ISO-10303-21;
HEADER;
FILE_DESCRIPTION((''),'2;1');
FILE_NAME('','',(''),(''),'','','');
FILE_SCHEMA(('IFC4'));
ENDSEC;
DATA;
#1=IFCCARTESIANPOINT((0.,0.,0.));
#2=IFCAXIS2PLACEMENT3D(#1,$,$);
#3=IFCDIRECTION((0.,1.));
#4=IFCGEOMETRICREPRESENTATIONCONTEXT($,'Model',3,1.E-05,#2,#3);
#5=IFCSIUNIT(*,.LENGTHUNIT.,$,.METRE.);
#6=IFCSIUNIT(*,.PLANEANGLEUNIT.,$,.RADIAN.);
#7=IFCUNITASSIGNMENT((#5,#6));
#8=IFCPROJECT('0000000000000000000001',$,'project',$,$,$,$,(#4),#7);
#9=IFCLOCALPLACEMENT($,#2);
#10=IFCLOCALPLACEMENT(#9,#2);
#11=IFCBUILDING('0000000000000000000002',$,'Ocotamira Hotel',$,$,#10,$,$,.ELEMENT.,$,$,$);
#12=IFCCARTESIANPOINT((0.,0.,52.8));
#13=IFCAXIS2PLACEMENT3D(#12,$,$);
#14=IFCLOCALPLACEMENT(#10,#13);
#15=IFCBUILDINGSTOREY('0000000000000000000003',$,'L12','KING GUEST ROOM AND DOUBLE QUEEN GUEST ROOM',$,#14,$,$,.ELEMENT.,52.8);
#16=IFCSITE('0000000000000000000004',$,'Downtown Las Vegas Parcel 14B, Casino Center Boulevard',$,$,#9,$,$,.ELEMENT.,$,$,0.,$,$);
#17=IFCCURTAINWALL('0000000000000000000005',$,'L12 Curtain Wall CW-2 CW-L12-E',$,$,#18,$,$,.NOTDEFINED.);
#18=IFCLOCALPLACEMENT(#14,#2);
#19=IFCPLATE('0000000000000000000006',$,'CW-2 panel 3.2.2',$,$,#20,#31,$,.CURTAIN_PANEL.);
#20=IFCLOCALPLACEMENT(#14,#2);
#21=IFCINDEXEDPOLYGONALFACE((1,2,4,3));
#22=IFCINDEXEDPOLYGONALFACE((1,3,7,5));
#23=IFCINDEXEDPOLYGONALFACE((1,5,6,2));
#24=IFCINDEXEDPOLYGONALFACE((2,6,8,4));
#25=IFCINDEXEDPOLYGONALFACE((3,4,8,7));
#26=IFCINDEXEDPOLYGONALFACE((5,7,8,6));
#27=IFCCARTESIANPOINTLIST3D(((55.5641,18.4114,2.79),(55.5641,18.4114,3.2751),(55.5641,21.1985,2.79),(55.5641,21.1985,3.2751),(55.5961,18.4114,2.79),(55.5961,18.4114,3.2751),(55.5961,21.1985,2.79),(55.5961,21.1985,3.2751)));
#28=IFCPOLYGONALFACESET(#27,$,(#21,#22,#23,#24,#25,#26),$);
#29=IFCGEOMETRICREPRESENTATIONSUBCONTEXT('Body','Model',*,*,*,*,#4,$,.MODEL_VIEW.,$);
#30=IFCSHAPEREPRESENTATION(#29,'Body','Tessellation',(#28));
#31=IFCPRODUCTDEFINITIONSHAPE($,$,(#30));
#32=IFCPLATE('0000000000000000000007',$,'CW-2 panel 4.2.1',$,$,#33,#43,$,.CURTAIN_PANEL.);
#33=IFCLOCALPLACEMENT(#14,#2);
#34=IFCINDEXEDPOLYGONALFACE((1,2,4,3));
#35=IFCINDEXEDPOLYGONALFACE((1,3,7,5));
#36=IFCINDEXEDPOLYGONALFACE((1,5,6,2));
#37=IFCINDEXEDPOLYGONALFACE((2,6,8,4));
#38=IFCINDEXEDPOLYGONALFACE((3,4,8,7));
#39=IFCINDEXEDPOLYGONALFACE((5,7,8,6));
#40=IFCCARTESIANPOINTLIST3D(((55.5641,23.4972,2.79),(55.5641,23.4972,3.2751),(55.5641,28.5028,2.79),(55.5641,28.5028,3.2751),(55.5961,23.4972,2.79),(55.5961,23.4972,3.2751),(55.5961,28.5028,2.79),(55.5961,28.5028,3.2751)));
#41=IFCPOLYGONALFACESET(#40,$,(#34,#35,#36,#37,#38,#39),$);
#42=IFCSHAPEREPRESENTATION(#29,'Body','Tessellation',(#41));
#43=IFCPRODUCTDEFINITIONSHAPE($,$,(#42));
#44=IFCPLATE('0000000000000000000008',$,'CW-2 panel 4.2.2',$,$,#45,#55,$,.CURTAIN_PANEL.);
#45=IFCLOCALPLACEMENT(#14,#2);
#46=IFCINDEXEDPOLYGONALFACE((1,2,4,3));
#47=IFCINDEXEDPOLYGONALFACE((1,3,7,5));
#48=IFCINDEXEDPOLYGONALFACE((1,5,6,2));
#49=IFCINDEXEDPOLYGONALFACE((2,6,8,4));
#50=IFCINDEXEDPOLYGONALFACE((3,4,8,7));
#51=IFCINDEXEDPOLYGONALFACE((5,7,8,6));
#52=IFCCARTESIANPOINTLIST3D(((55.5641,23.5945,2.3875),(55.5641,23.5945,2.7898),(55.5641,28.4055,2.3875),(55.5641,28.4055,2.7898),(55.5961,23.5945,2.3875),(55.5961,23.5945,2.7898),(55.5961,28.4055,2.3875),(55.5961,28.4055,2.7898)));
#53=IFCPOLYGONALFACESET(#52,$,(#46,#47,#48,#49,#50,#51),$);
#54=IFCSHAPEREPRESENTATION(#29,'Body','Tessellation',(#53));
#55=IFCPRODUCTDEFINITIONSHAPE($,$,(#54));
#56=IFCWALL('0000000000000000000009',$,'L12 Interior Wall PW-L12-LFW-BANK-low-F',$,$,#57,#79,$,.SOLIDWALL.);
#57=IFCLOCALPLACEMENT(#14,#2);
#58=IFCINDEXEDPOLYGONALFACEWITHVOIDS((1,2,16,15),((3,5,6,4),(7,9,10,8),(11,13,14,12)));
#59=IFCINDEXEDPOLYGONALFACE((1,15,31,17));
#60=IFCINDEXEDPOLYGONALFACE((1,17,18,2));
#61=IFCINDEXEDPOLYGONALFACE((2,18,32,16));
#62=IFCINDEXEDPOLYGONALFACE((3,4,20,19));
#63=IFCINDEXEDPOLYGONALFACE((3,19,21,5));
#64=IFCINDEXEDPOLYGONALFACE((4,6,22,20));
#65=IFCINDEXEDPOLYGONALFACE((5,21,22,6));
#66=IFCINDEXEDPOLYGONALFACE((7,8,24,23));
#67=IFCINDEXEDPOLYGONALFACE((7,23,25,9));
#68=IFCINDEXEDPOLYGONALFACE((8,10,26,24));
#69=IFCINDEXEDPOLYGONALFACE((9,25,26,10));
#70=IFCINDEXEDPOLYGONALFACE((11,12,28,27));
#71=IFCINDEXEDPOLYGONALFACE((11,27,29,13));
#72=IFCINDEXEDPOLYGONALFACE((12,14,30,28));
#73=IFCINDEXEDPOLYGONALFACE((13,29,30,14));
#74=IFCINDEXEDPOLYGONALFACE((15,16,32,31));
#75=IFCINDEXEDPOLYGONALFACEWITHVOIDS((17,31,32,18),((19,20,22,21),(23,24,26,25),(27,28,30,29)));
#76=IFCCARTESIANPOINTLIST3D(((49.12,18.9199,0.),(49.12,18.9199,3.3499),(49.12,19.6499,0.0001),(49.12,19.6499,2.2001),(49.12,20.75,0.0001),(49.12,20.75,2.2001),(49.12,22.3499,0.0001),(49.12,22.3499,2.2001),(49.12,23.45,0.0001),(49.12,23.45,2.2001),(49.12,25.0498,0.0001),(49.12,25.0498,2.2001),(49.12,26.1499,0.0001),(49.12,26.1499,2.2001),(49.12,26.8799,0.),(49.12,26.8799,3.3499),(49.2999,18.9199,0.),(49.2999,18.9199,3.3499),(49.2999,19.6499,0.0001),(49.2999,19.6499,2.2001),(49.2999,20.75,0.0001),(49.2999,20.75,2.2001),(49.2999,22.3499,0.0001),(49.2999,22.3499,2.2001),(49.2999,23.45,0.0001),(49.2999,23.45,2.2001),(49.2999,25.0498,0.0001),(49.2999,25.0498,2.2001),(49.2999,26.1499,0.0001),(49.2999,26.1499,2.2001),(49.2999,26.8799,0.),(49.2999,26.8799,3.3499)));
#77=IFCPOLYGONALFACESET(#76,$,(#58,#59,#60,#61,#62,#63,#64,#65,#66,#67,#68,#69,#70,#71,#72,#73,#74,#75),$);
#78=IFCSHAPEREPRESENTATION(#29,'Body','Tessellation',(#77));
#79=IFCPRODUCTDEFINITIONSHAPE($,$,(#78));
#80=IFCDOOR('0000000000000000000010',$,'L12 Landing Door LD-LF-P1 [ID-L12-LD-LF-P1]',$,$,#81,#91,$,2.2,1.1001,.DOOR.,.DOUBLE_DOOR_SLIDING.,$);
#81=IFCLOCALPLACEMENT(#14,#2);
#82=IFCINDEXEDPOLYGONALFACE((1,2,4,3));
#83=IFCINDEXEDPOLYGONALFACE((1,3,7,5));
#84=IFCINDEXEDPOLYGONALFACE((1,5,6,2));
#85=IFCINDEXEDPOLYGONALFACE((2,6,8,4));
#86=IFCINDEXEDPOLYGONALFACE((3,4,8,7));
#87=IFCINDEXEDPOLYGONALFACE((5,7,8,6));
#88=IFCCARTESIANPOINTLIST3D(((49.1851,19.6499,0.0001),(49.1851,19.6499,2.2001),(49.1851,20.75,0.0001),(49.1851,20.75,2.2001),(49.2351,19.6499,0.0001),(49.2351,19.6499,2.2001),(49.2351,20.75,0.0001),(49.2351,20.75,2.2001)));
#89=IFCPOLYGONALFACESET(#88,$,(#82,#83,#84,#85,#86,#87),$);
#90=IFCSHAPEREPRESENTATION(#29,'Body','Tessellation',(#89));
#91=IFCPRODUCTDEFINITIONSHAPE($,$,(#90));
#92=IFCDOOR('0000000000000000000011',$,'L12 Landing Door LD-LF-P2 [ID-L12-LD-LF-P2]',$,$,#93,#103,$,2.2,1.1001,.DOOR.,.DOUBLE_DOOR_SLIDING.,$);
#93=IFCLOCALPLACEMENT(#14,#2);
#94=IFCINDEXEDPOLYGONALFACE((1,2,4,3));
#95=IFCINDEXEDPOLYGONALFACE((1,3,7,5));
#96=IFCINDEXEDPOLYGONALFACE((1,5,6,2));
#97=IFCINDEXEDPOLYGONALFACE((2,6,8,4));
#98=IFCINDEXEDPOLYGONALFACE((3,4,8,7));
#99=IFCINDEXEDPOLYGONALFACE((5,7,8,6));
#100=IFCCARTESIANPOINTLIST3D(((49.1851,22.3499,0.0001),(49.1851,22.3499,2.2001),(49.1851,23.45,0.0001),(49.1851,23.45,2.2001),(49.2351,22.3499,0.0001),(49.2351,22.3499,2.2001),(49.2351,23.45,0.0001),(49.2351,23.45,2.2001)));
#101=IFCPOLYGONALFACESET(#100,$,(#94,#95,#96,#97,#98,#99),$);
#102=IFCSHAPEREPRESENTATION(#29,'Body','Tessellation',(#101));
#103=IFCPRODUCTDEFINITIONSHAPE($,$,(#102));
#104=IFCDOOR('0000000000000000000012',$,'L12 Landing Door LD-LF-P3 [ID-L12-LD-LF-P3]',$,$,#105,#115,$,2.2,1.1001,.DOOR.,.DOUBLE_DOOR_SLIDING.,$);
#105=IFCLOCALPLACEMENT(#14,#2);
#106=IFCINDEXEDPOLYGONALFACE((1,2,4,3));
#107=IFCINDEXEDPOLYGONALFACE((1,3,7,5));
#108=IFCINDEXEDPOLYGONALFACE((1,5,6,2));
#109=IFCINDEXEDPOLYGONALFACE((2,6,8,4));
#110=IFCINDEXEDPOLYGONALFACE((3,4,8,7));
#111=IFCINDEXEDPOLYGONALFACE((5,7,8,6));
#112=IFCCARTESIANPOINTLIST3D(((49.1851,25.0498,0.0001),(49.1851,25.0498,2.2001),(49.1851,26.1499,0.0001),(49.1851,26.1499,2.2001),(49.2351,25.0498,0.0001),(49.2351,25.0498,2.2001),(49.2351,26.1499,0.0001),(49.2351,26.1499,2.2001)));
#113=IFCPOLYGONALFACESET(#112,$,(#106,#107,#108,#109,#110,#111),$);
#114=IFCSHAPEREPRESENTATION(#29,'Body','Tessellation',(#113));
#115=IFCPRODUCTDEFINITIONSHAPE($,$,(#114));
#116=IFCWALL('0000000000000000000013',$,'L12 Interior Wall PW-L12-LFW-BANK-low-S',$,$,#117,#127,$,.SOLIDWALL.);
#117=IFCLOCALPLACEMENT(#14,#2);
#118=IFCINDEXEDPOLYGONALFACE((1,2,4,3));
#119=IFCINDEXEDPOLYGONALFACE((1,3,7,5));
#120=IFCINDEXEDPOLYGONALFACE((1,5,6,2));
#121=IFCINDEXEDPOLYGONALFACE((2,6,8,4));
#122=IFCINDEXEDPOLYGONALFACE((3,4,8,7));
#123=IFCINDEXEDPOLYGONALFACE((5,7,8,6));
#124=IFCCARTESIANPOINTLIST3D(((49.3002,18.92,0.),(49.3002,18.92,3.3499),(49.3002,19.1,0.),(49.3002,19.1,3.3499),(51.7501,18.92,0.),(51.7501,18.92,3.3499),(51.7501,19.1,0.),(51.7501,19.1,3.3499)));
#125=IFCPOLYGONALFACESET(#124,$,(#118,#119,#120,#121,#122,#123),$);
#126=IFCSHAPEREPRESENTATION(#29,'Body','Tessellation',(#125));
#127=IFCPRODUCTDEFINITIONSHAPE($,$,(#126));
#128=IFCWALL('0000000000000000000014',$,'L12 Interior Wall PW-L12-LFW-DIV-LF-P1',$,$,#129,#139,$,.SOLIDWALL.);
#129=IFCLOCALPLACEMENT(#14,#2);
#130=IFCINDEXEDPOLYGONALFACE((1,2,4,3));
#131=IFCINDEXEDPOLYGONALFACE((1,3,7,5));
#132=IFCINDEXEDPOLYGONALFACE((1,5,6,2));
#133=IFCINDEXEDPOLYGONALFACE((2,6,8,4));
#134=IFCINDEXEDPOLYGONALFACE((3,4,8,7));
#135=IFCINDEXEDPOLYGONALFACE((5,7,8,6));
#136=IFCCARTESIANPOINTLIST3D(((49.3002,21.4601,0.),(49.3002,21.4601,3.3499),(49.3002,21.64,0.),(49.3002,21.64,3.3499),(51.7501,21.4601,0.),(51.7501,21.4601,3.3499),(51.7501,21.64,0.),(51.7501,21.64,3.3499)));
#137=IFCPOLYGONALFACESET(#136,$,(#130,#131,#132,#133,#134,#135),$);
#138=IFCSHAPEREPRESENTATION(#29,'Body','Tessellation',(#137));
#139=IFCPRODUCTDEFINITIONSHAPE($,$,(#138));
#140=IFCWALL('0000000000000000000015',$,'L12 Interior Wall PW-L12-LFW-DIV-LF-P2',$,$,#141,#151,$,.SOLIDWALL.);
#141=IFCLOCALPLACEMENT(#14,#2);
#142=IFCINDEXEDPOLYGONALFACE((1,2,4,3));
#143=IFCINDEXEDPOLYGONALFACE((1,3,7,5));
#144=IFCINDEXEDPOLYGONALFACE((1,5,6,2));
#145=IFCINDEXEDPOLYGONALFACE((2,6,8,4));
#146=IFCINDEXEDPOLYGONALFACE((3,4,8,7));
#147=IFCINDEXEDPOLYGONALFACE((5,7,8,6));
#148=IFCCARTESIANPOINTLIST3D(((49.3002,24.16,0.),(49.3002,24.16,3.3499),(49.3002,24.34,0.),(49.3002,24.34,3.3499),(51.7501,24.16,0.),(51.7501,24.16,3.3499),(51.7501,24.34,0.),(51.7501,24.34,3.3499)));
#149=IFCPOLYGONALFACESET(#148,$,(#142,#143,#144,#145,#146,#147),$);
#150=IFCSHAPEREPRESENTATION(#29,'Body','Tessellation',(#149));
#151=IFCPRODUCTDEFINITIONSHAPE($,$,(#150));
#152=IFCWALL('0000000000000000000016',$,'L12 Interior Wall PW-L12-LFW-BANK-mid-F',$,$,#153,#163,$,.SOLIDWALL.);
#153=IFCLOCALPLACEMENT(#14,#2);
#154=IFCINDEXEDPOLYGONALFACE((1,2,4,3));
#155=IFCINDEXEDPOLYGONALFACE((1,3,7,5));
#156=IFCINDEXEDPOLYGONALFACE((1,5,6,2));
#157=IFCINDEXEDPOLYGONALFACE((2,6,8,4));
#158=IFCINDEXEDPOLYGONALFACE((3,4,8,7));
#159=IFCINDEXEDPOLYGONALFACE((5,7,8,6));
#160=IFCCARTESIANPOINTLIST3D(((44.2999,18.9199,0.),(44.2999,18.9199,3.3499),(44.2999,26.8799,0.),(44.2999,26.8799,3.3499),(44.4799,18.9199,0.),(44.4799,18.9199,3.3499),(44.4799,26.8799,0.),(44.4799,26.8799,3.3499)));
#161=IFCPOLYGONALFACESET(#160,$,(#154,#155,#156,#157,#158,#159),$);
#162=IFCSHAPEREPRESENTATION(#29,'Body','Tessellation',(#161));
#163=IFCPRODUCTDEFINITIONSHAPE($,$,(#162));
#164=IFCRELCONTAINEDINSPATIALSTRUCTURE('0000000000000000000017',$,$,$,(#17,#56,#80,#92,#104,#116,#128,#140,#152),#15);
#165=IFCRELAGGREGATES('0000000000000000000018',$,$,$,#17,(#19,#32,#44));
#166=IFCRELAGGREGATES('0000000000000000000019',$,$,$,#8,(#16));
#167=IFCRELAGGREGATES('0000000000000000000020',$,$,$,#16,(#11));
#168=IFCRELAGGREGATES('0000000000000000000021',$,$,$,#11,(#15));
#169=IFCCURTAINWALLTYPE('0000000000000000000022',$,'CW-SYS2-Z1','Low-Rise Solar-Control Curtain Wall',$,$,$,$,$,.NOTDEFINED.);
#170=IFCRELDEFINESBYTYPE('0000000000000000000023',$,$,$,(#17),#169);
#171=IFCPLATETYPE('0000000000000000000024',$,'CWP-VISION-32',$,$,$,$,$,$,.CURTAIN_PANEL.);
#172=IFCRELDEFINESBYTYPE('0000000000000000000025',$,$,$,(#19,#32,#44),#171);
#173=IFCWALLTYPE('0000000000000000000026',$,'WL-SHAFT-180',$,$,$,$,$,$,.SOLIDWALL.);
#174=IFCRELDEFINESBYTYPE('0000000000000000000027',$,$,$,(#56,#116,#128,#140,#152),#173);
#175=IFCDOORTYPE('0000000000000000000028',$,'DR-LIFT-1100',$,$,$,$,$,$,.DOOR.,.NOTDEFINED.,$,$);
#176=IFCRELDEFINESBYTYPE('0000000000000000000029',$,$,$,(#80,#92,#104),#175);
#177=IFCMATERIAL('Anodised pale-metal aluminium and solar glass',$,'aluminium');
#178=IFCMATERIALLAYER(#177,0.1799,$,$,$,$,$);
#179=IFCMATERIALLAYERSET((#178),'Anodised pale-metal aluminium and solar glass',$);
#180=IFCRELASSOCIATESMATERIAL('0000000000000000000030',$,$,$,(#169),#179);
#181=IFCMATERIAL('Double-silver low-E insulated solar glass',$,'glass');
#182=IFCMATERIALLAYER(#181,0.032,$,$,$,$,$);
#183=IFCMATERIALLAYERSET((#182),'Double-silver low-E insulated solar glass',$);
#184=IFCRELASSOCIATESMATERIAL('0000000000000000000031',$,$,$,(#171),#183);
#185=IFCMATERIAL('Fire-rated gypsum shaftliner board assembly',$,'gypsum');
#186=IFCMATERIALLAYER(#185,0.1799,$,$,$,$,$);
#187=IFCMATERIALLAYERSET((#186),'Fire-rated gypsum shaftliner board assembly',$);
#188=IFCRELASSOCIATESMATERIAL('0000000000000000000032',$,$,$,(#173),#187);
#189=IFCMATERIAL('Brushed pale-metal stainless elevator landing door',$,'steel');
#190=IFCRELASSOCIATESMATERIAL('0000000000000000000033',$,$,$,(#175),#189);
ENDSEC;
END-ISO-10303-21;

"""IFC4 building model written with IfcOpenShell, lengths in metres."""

from ifc_helpers import new_model, si_unit, direction, frame, frame_2d, origin, origin_2d, place, context, subcontext, project, spatial, rectangle, extrude, source, transform, mapped, material, layer, layer_set, type_object, element, fill, aggregate, save


model = new_model("IFC4")

# Units and contexts
model_context = context("Model", 3, precision=1e-05, world=origin(), true_north=direction((0.0, 1.0)))
body_context = subcontext(model_context, "Body", "Model", "MODEL_VIEW")
ifc_project = project(units=[si_unit("LENGTHUNIT", "METRE"), si_unit("PLANEANGLEUNIT", "RADIAN")], contexts=[model_context])

# Site, building, storey
site_placement = place(None, origin())
site = spatial("IfcSite", under=ifc_project, at=site_placement, Name="Downtown Las Vegas Parcel 14B, Casino Center Boulevard", CompositionType="ELEMENT", RefElevation=0.0)
building_placement = place(site_placement, origin())
building = spatial("IfcBuilding", under=site, at=building_placement, Name="Ocotamira Hotel", CompositionType="ELEMENT")
storey_placement = place(building_placement, frame((0.0, 0.0, 52.8)))
storey = spatial("IfcBuildingStorey", under=building, at=storey_placement, Name="L12", Description="KING GUEST ROOM AND DOUBLE QUEEN GUEST ROOM", CompositionType="ELEMENT", Elevation=52.8)

# Curtain wall
ifc_material_1 = material(Name="Anodised pale-metal aluminium and solar glass", Category="aluminium")
ifc_layer_1 = layer(ifc_material_1, 0.1799)
ifc_layer_set_1 = layer_set([ifc_layer_1], Name="Anodised pale-metal aluminium and solar glass")
curtain_wall_type = type_object("IfcCurtainWallType", Name="CW-SYS2-Z1", Description="Low-Rise Solar-Control Curtain Wall", PredefinedType="NOTDEFINED", material=ifc_layer_set_1)
curtain_wall_placement = place(storey_placement, origin())
curtain_wall = element("IfcCurtainWall", 1, at=curtain_wall_placement, inside=storey, type_object=curtain_wall_type, Name="L12 Curtain Wall CW-2 CW-L12-E", PredefinedType="NOTDEFINED")

# Plates
ifc_material_2 = material(Name="Double-silver low-E insulated solar glass", Category="glass")
ifc_layer_2 = layer(ifc_material_2, 0.032)
ifc_layer_set_2 = layer_set([ifc_layer_2], Name="Double-silver low-E insulated solar glass")
plate_type_1 = type_object("IfcPlateType", Name="CWP-VISION-32", PredefinedType="CURTAIN_PANEL", material=ifc_layer_set_2)
shared_shape_1 = source(origin(), body_context, "Body", "SweptSolid", [
    extrude(rectangle(XDim=2.7871, YDim=0.032, at=origin_2d()), origin(), (0.0, 0.0, 1.0), 0.4851),
])
plate_1_placement = place(storey_placement, frame((55.5801, 19.8049, 2.79), z_axis=(0.0, 0.0, 1.0), x_axis=(0.0, 1.0, 0.0)))
plate_1 = element("IfcPlate", 2, at=plate_1_placement, type_object=plate_type_1, Name="CW-2 panel 3.2.2", PredefinedType="CURTAIN_PANEL", context=body_context, shape_type="MappedRepresentation", body=[
    mapped(shared_shape_1, transform((0.0, 0.0, 0.0), scale=1.0)),
])
shared_shape_2 = source(origin(), body_context, "Body", "SweptSolid", [
    extrude(rectangle(XDim=5.0056, YDim=0.032, at=origin_2d()), origin(), (0.0, 0.0, 1.0), 0.4851),
])
plate_2_placement = place(storey_placement, frame((55.5801, 26.0, 2.79), z_axis=(0.0, 0.0, 1.0), x_axis=(0.0, 1.0, 0.0)))
plate_2 = element("IfcPlate", 3, at=plate_2_placement, type_object=plate_type_1, Name="CW-2 panel 4.2.1", PredefinedType="CURTAIN_PANEL", context=body_context, shape_type="MappedRepresentation", body=[
    mapped(shared_shape_2, transform((0.0, 0.0, 0.0), scale=1.0)),
])
shared_shape_3 = source(origin(), body_context, "Body", "SweptSolid", [
    extrude(rectangle(XDim=4.811, YDim=0.032, at=origin_2d()), origin(), (0.0, 0.0, 1.0), 0.4023),
])
plate_3_placement = place(storey_placement, frame((55.5801, 26.0, 2.3875), z_axis=(0.0, 0.0, 1.0), x_axis=(0.0, 1.0, 0.0)))
plate_3 = element("IfcPlate", 4, at=plate_3_placement, type_object=plate_type_1, Name="CW-2 panel 4.2.2", PredefinedType="CURTAIN_PANEL", context=body_context, shape_type="MappedRepresentation", body=[
    mapped(shared_shape_3, transform((0.0, 0.0, 0.0), scale=1.0)),
])
aggregate(curtain_wall, [plate_1, plate_2, plate_3])

# Wall, openings, doors
ifc_material_3 = material(Name="Fire-rated gypsum shaftliner board assembly", Category="gypsum")
ifc_layer_3 = layer(ifc_material_3, 0.1799)
ifc_layer_set_3 = layer_set([ifc_layer_3], Name="Fire-rated gypsum shaftliner board assembly")
wall_type = type_object("IfcWallType", Name="WL-SHAFT-180", PredefinedType="SOLIDWALL", material=ifc_layer_set_3)
wall_1_placement = place(storey_placement, frame((49.21, 18.9199, 0.0), z_axis=(0.0, 0.0, 1.0), x_axis=(0.0, 1.0, 0.0)))
wall_1 = element("IfcWall", 5, at=wall_1_placement, inside=storey, type_object=wall_type, Name="L12 Interior Wall PW-L12-LFW-BANK-low-F", PredefinedType="SOLIDWALL", context=body_context, shape_type="SweptSolid", body=[
    extrude(rectangle(XDim=7.96, YDim=0.1799, at=frame_2d((3.98, 0.0))), origin(), (0.0, 0.0, 1.0), 3.3499),
])
opening_1_placement = place(wall_1_placement, frame((0.73, 0.0, 0.0)))
opening_1 = element("IfcOpeningElement", 6, at=opening_1_placement, cuts=wall_1, PredefinedType="OPENING", context=body_context, shape_type="SweptSolid", body=[
    extrude(rectangle(XDim=1.1001, YDim=2.2, at=frame_2d((0.55, 1.1001))), frame((0.0, 0.1001, 0.0), z_axis=(0.0, -1.0, 0.0), x_axis=(1.0, 0.0, 0.0)), (0.0, 0.0, 1.0), 0.2),
])
opening_2_placement = place(wall_1_placement, frame((3.4299, 0.0, 0.0)))
opening_2 = element("IfcOpeningElement", 7, at=opening_2_placement, cuts=wall_1, PredefinedType="OPENING", context=body_context, shape_type="SweptSolid", body=[
    extrude(rectangle(XDim=1.1001, YDim=2.2, at=frame_2d((0.55, 1.1001))), frame((0.0, 0.1001, 0.0), z_axis=(0.0, -1.0, 0.0), x_axis=(1.0, 0.0, 0.0)), (0.0, 0.0, 1.0), 0.2),
])
opening_3_placement = place(wall_1_placement, frame((6.1299, 0.0, 0.0)))
opening_3 = element("IfcOpeningElement", 8, at=opening_3_placement, cuts=wall_1, PredefinedType="OPENING", context=body_context, shape_type="SweptSolid", body=[
    extrude(rectangle(XDim=1.1001, YDim=2.2, at=frame_2d((0.55, 1.1001))), frame((0.0, 0.1001, 0.0), z_axis=(0.0, -1.0, 0.0), x_axis=(1.0, 0.0, 0.0)), (0.0, 0.0, 1.0), 0.2),
])
ifc_material_4 = material(Name="Brushed pale-metal stainless elevator landing door", Category="steel")
door_type = type_object("IfcDoorType", Name="DR-LIFT-1100", OperationType="NOTDEFINED", PredefinedType="DOOR", material=ifc_material_4)
shared_shape_4 = source(origin(), body_context, "Body", "SweptSolid", [
    extrude(rectangle(XDim=1.1001, YDim=2.2, at=frame_2d((0.55, 1.1001))), frame((0.0, 0.0249, 0.0), z_axis=(0.0, -1.0, 0.0), x_axis=(1.0, 0.0, 0.0)), (0.0, 0.0, 1.0), 0.05),
])
door_1_placement = place(opening_1_placement, origin())
door_1 = element("IfcDoor", 9, at=door_1_placement, inside=storey, type_object=door_type, Name="L12 Landing Door LD-LF-P1 [ID-L12-LD-LF-P1]", OperationType="DOUBLE_DOOR_SLIDING", OverallHeight=2.2, OverallWidth=1.1001, PredefinedType="DOOR", context=body_context, shape_type="MappedRepresentation", body=[
    mapped(shared_shape_4, transform((0.0, 0.0, 0.0), scale=1.0)),
])
fill(opening_1, door_1)
door_2_placement = place(opening_2_placement, origin())
door_2 = element("IfcDoor", 10, at=door_2_placement, inside=storey, type_object=door_type, Name="L12 Landing Door LD-LF-P2 [ID-L12-LD-LF-P2]", OperationType="DOUBLE_DOOR_SLIDING", OverallHeight=2.2, OverallWidth=1.1001, PredefinedType="DOOR", context=body_context, shape_type="MappedRepresentation", body=[
    mapped(shared_shape_4, transform((0.0, 0.0, 0.0), scale=1.0)),
])
fill(opening_2, door_2)
door_3_placement = place(opening_3_placement, origin())
door_3 = element("IfcDoor", 11, at=door_3_placement, inside=storey, type_object=door_type, Name="L12 Landing Door LD-LF-P3 [ID-L12-LD-LF-P3]", OperationType="DOUBLE_DOOR_SLIDING", OverallHeight=2.2, OverallWidth=1.1001, PredefinedType="DOOR", context=body_context, shape_type="MappedRepresentation", body=[
    mapped(shared_shape_4, transform((0.0, 0.0, 0.0), scale=1.0)),
])
fill(opening_3, door_3)

# Walls
for number, where, z_axis, x_axis, name in (
    (12, (49.3, 19.01, 0.0), (0.0, 0.0, 1.0), (1.0, 0.0, 0.0), "L12 Interior Wall PW-L12-LFW-BANK-low-S"),
    (13, (49.3, 21.55, 0.0), (0.0, 0.0, 1.0), (1.0, 0.0, 0.0), "L12 Interior Wall PW-L12-LFW-DIV-LF-P1"),
    (14, (49.3, 24.25, 0.0), (0.0, 0.0, 1.0), (1.0, 0.0, 0.0), "L12 Interior Wall PW-L12-LFW-DIV-LF-P2"),
):
    element("IfcWall", number, at=place(storey_placement, frame(where, z_axis=z_axis, x_axis=x_axis)), inside=storey, type_object=wall_type, Name=name, PredefinedType="SOLIDWALL", context=body_context, shape_type="SweptSolid", body=[
        extrude(rectangle(XDim=2.45, YDim=0.1799, at=frame_2d((1.2251, 0.0))), origin(), (0.0, 0.0, 1.0), 3.3499),
    ])
wall_2_placement = place(storey_placement, frame((44.3899, 18.9199, 0.0), z_axis=(0.0, 0.0, 1.0), x_axis=(0.0, 1.0, 0.0)))
element("IfcWall", 15, at=wall_2_placement, inside=storey, type_object=wall_type, Name="L12 Interior Wall PW-L12-LFW-BANK-mid-F", PredefinedType="SOLIDWALL", context=body_context, shape_type="SweptSolid", body=[
    extrude(rectangle(XDim=7.96, YDim=0.1799, at=frame_2d((3.98, 0.0))), origin(), (0.0, 0.0, 1.0), 3.3499),
])

save(model, "model.ifc")
